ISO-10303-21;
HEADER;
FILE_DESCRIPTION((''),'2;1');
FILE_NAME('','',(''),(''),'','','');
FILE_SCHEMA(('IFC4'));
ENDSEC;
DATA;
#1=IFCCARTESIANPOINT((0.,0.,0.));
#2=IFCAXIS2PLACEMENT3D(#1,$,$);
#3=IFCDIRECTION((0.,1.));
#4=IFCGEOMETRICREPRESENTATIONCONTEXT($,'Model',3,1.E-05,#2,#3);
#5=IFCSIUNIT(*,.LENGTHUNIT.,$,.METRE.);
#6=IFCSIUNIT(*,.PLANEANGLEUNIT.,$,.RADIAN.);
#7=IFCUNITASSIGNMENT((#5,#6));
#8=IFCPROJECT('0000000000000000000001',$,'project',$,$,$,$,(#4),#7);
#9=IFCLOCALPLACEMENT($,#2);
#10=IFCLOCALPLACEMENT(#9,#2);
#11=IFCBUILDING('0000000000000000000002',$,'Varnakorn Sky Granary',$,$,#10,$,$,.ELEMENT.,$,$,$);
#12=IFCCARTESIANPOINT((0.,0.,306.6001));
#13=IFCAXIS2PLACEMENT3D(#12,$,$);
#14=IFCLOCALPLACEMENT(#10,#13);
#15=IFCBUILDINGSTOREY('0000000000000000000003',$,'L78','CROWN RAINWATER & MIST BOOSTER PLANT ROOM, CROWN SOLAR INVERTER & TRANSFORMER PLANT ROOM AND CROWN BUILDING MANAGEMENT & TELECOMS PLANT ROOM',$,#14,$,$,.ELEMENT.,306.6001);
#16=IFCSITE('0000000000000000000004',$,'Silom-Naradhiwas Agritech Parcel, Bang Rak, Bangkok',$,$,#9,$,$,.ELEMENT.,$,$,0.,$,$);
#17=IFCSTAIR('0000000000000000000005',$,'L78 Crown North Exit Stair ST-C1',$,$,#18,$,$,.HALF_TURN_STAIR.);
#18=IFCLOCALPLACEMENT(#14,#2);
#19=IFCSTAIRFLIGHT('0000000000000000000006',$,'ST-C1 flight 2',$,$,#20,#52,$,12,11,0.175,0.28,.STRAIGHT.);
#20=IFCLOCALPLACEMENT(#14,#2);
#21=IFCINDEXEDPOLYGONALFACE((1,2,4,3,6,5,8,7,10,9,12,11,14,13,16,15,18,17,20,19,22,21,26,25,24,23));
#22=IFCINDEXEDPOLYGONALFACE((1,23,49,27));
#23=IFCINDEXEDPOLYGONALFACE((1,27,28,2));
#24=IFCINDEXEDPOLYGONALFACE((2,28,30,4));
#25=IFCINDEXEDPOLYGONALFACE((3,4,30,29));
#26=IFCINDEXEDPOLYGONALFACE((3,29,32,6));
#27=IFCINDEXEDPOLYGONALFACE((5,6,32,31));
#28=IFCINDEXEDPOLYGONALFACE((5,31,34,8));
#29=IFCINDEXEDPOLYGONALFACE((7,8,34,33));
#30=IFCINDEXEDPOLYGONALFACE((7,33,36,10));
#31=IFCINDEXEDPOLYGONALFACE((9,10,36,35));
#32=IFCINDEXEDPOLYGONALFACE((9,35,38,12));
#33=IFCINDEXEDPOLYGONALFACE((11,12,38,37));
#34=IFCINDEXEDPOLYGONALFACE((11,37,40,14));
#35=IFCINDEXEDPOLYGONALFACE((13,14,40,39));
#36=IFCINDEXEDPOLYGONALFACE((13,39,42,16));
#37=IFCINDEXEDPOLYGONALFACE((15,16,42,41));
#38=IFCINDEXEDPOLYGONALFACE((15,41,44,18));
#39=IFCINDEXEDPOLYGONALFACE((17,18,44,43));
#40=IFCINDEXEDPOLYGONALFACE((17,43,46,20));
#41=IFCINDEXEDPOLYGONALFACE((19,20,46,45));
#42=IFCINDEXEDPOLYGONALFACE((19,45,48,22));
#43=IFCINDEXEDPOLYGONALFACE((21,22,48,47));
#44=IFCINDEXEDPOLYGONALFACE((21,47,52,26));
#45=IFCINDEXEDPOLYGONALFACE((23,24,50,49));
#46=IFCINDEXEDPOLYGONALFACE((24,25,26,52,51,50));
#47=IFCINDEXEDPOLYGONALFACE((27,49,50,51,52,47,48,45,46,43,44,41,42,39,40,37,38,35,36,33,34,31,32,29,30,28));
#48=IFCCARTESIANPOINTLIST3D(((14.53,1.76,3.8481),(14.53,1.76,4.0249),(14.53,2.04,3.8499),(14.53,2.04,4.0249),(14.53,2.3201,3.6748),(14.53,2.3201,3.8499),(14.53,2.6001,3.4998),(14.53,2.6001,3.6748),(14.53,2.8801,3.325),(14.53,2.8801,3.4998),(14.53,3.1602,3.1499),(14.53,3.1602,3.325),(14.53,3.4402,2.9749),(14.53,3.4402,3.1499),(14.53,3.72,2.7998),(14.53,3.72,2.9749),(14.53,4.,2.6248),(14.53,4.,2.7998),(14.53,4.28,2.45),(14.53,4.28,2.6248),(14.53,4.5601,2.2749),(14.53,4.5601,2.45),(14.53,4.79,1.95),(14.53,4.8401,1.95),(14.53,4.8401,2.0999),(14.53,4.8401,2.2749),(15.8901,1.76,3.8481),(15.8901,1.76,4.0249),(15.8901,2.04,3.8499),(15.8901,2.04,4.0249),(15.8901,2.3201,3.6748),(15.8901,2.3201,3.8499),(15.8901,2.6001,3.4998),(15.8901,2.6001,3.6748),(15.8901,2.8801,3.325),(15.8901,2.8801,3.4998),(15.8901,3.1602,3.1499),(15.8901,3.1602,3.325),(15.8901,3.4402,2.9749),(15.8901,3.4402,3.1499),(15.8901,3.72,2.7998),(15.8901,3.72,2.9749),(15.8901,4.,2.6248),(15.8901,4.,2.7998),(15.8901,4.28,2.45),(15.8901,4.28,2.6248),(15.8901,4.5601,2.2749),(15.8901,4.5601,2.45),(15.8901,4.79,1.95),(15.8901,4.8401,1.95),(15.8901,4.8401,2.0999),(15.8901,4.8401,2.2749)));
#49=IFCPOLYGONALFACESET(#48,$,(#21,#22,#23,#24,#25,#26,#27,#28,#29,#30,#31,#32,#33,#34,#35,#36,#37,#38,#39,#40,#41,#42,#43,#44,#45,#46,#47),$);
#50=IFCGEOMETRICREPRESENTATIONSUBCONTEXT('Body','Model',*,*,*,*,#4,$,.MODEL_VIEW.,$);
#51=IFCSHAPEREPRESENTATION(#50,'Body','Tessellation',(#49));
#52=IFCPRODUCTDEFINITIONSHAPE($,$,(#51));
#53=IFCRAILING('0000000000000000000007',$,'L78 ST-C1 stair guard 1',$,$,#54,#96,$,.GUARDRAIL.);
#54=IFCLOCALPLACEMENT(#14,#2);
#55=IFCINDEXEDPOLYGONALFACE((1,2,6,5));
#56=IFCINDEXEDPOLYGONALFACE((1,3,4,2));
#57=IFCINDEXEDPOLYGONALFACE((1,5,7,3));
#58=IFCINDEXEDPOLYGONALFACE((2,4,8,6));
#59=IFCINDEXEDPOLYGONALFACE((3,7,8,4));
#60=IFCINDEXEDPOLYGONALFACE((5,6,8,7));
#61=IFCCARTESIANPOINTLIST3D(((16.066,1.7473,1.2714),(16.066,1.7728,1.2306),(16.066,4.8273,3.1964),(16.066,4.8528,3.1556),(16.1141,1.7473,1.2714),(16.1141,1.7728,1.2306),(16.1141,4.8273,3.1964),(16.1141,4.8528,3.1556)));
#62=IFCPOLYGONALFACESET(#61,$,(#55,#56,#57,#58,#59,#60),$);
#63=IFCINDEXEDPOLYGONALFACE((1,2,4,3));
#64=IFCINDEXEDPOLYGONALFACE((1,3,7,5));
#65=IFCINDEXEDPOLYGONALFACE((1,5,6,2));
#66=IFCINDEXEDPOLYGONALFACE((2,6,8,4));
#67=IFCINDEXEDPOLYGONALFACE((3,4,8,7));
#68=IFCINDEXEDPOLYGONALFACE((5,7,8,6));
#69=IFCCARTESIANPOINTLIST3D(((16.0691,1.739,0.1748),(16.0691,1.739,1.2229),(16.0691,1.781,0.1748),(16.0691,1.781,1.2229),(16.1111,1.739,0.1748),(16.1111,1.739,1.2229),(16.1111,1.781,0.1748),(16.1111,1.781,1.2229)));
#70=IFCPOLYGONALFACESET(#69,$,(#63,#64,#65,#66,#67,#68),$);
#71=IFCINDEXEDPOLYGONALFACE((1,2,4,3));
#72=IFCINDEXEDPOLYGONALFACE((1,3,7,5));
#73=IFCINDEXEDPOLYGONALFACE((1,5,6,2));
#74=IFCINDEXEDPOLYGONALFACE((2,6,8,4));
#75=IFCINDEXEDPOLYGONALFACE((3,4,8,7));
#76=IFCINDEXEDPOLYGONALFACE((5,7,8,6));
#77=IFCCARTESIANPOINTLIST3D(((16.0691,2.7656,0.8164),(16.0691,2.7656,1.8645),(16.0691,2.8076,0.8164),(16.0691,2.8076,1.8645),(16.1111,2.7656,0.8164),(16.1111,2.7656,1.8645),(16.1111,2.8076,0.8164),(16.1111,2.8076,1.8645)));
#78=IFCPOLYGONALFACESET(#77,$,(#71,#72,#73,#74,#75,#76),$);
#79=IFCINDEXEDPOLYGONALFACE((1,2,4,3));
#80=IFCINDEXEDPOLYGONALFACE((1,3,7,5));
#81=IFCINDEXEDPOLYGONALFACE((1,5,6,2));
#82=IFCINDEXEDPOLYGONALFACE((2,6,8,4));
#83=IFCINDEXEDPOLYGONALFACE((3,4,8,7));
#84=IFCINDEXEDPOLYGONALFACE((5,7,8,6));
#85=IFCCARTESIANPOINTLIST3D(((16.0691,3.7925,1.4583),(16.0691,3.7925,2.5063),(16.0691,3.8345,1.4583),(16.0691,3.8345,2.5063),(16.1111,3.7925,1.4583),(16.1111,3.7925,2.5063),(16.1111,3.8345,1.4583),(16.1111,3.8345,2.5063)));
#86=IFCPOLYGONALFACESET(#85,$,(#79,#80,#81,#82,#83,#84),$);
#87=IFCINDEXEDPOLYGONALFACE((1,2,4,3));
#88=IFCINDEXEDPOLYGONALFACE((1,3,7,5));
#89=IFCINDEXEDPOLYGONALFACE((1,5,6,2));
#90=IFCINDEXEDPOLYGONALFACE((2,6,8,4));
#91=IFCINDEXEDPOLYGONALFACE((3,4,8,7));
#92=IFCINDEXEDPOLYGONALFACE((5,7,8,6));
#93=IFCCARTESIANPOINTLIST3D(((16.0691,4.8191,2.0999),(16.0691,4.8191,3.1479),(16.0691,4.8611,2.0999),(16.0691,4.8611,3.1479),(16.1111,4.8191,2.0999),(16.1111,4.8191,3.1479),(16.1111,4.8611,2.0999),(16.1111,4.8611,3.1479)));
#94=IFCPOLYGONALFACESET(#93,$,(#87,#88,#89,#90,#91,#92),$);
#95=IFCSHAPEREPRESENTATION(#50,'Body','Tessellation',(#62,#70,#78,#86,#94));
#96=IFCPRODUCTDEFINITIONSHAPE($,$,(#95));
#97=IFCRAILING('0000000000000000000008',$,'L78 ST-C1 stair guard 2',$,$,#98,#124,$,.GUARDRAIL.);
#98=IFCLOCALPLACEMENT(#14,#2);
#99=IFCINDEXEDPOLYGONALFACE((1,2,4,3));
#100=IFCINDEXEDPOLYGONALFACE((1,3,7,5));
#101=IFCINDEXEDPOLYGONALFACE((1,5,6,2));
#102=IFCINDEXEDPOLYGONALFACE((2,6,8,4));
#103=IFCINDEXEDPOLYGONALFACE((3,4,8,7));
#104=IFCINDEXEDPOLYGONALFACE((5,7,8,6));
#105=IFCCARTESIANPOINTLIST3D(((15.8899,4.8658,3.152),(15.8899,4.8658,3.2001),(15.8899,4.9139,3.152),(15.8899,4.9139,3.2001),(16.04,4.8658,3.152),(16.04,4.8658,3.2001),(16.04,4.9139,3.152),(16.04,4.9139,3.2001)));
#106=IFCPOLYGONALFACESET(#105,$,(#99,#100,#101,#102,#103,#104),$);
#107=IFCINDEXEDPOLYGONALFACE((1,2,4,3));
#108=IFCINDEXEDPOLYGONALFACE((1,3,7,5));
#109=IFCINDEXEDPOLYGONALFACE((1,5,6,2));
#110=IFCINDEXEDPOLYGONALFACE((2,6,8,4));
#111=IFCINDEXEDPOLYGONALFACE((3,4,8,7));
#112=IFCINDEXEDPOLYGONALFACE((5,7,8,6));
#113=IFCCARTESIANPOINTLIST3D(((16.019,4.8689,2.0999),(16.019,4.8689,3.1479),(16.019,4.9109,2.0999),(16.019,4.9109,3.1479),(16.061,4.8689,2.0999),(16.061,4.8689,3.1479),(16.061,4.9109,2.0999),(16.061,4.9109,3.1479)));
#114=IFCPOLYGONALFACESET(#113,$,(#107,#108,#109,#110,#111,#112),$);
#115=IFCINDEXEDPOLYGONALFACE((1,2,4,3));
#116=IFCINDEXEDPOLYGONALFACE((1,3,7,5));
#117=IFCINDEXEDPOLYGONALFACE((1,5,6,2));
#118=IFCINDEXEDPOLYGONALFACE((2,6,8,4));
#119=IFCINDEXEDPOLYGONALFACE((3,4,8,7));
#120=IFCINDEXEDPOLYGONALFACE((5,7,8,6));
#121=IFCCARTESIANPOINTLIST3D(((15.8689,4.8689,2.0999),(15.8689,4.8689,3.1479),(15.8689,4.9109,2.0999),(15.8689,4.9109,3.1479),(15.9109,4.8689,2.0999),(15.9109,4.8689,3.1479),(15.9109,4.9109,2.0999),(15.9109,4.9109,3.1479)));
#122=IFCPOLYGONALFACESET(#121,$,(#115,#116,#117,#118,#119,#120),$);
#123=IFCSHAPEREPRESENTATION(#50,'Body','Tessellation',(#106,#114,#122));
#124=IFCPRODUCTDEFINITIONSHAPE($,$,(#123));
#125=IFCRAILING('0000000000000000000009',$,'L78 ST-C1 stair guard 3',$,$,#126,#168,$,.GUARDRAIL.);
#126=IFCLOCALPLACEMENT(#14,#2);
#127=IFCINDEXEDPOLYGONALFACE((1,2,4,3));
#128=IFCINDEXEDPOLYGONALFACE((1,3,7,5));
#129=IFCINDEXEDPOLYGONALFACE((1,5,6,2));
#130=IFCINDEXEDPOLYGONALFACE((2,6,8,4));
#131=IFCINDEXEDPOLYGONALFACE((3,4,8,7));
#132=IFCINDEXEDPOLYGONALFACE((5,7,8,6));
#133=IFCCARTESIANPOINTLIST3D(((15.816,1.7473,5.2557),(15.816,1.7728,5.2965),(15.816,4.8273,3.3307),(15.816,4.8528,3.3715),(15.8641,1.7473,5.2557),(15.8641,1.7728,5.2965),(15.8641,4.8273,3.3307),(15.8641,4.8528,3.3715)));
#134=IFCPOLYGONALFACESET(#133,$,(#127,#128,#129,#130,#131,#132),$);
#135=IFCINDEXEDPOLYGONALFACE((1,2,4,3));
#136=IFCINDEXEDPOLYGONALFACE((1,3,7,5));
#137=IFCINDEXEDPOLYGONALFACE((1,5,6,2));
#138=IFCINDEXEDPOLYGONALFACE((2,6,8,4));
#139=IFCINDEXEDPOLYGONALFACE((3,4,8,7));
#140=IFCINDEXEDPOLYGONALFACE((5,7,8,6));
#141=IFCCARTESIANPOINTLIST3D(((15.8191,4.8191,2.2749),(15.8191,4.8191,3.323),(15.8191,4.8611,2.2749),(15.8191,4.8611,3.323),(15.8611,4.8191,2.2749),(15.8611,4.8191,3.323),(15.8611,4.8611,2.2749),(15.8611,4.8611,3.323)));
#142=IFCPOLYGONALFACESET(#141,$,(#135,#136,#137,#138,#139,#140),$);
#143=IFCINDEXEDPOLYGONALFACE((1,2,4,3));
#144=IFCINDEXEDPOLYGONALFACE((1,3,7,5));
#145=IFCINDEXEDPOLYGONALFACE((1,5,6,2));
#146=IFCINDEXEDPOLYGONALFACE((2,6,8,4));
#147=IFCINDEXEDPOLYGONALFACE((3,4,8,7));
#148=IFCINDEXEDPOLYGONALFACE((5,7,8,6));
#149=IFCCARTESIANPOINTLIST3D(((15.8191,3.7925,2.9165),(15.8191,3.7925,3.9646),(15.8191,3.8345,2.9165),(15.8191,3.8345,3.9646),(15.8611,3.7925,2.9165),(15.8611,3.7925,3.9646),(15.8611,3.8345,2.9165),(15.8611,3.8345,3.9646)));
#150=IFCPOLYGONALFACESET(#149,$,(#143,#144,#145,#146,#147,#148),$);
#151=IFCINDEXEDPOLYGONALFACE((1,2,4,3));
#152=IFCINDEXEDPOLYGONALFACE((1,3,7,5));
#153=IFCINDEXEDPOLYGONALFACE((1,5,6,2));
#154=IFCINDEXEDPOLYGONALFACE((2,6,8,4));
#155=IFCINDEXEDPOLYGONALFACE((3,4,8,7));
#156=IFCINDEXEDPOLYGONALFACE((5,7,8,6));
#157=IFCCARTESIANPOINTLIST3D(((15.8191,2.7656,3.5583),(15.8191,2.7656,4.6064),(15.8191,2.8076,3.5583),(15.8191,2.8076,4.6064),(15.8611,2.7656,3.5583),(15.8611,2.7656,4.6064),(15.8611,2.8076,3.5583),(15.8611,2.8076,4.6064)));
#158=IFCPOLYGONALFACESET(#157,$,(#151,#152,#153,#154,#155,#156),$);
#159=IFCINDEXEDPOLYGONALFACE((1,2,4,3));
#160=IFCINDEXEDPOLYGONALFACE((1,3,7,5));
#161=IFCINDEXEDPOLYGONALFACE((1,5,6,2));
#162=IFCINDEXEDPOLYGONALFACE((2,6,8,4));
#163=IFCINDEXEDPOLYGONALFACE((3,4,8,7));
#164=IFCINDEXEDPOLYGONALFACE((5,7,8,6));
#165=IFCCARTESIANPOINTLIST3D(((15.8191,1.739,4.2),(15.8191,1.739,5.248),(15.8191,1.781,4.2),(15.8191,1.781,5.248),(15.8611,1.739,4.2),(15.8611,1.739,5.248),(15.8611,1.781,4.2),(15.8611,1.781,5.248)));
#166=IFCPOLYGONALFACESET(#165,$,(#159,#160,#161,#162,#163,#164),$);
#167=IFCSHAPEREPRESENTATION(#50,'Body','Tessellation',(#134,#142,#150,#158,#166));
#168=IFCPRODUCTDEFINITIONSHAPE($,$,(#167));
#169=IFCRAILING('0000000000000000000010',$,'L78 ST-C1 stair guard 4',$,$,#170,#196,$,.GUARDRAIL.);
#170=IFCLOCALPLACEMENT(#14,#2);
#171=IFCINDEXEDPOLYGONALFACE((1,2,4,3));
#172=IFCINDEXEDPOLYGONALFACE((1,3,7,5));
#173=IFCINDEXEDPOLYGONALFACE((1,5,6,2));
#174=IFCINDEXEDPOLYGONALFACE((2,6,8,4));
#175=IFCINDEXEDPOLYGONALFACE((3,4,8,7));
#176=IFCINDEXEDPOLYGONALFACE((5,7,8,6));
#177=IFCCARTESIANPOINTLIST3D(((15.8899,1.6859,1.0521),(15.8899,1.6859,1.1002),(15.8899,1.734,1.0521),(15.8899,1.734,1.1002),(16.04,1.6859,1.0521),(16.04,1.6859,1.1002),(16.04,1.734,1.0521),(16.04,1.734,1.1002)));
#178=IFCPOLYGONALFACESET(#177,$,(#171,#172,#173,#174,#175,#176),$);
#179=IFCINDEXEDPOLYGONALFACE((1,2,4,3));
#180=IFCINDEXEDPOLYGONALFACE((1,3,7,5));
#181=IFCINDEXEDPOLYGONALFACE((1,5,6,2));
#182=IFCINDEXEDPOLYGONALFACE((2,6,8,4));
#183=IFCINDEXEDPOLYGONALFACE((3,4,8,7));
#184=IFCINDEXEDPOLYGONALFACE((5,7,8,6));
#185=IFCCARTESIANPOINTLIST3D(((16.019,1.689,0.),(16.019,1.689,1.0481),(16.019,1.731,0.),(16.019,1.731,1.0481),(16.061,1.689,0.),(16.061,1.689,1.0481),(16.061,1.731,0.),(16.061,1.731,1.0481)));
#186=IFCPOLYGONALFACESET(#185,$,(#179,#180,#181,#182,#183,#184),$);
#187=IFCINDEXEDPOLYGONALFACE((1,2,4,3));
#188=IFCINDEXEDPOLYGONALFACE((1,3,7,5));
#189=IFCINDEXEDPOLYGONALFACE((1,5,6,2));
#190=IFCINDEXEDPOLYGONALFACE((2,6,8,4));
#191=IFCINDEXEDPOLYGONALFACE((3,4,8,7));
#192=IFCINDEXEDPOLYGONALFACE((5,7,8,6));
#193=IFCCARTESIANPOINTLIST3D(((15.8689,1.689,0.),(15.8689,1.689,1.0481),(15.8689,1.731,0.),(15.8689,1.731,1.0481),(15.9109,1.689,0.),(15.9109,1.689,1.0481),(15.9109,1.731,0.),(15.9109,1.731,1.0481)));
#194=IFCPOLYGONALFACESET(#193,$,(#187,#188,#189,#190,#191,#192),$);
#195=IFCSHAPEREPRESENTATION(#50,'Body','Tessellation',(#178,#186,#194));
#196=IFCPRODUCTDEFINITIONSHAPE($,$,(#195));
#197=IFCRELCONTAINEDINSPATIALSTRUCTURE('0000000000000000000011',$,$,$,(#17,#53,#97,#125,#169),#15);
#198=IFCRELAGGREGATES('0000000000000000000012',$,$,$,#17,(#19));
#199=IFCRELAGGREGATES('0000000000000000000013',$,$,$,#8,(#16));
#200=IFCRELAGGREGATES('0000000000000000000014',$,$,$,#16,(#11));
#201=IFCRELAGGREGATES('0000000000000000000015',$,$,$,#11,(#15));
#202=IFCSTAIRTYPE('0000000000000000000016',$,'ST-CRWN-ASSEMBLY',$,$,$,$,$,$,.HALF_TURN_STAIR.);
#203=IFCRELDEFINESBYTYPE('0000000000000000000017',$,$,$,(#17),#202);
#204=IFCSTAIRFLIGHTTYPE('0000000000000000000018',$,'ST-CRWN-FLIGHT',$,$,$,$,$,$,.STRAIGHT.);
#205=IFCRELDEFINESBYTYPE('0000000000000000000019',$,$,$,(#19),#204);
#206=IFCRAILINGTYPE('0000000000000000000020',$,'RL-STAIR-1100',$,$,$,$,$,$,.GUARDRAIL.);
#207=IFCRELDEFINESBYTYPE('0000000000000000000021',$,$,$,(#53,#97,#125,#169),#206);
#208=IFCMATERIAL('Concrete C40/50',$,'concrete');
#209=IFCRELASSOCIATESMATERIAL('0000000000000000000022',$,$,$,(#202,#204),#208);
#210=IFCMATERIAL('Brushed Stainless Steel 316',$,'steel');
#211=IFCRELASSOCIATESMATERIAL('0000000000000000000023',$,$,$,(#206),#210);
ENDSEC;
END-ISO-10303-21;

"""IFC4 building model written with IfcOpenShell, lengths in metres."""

from ifc_helpers import new_model, si_unit, direction, frame, origin, origin_2d, place, context, subcontext, project, spatial, polyline, rectangle, outline, extrude, material, type_object, element, aggregate, save


model = new_model("IFC4")

# Units and contexts
model_context = context("Model", 3, precision=1e-05, world=origin(), true_north=direction((0.0, 1.0)))
body_context = subcontext(model_context, "Body", "Model", "MODEL_VIEW")
ifc_project = project(units=[si_unit("LENGTHUNIT", "METRE"), si_unit("PLANEANGLEUNIT", "RADIAN")], contexts=[model_context])

# Site, building, storey
site_placement = place(None, origin())
site = spatial("IfcSite", under=ifc_project, at=site_placement, Name="Silom-Naradhiwas Agritech Parcel, Bang Rak, Bangkok", CompositionType="ELEMENT", RefElevation=0.0)
building_placement = place(site_placement, origin())
building = spatial("IfcBuilding", under=site, at=building_placement, Name="Varnakorn Sky Granary", CompositionType="ELEMENT")
storey_placement = place(building_placement, frame((0.0, 0.0, 306.6001)))
storey = spatial("IfcBuildingStorey", under=building, at=storey_placement, Name="L78", Description="CROWN RAINWATER & MIST BOOSTER PLANT ROOM, CROWN SOLAR INVERTER & TRANSFORMER PLANT ROOM AND CROWN BUILDING MANAGEMENT & TELECOMS PLANT ROOM", CompositionType="ELEMENT", Elevation=306.6001)

# Stair, stair flight
ifc_material_1 = material(Name="Concrete C40/50", Category="concrete")
stair_type = type_object("IfcStairType", Name="ST-CRWN-ASSEMBLY", PredefinedType="HALF_TURN_STAIR", material=ifc_material_1)
stair_placement = place(storey_placement, origin())
stair = element("IfcStair", 1, at=stair_placement, inside=storey, type_object=stair_type, Name="L78 Crown North Exit Stair ST-C1", PredefinedType="HALF_TURN_STAIR")
stair_flight_type = type_object("IfcStairFlightType", Name="ST-CRWN-FLIGHT", PredefinedType="STRAIGHT", material=ifc_material_1)
stair_flight_1_placement = place(storey_placement, frame((15.21, 4.8401, 2.0999), z_axis=(0.0, 0.0, 1.0), x_axis=(0.0, -1.0, 0.0)))
stair_flight_1 = element("IfcStairFlight", 2, at=stair_flight_1_placement, type_object=stair_flight_type, Name="ST-C1 flight 2", NumberOfRisers=12, NumberOfTreads=11, PredefinedType="STRAIGHT", RiserHeight=0.175, TreadLength=0.28, context=body_context, shape_type="SweptSolid", body=[
    extrude(outline(polyline([(0.0, -0.1499), (0.0, 0.0), (0.0, 0.175), (0.28, 0.175), (0.28, 0.3501), (0.5601, 0.3501), (0.5601, 0.5249), (0.8401, 0.5249), (0.8401, 0.7), (1.1201, 0.7), (1.1201, 0.875), (1.3999, 0.875), (1.3999, 1.05), (1.6799, 1.05), (1.6799, 1.2251), (1.96, 1.2251), (1.96, 1.3999), (2.24, 1.3999), (2.24, 1.575), (2.52, 1.575), (2.52, 1.75), (2.8, 1.75), (2.8, 1.925), (3.0801, 1.925), (3.0801, 2.1001), (3.0801, 1.7483), (0.05, -0.1499), (0.0, -0.1499)])), frame((0.0, 0.6802, 0.0), z_axis=(0.0, -1.0, 0.0), x_axis=(1.0, 0.0, 0.0)), (0.0, 0.0, 1.0), 1.3601),
])
aggregate(stair, [stair_flight_1])

# Railings
ifc_material_2 = material(Name="Brushed Stainless Steel 316", Category="steel")
railing_type_1 = type_object("IfcRailingType", Name="RL-STAIR-1100", PredefinedType="GUARDRAIL", material=ifc_material_2)
railing_1_placement = place(storey_placement, frame((16.0901, 1.76, 0.1748)))
element("IfcRailing", 3, at=railing_1_placement, inside=storey, type_object=railing_type_1, Name="L78 ST-C1 stair guard 1", PredefinedType="GUARDRAIL", context=body_context, shape_type="SweptSolid", body=[
    extrude(rectangle(XDim=0.0481, YDim=0.0481, at=origin_2d()), frame((0.0, 0.0, 1.0762), z_axis=(0.0, 0.847998, 0.529999), x_axis=(-1.0, 0.0, 0.0)), (0.0, 0.0, 1.0), 3.6321),
    extrude(rectangle(XDim=0.042, YDim=0.042, at=origin_2d()), origin(), (0.0, 0.0, 1.0), 1.0481),
    extrude(rectangle(XDim=0.042, YDim=0.042, at=origin_2d()), frame((0.0, 1.0266, 0.6416)), (0.0, 0.0, 1.0), 1.0481),
    extrude(rectangle(XDim=0.042, YDim=0.042, at=origin_2d()), frame((0.0, 2.0535, 1.2834)), (0.0, 0.0, 1.0), 1.0481),
    extrude(rectangle(XDim=0.042, YDim=0.042, at=origin_2d()), frame((0.0, 3.0801, 1.925)), (0.0, 0.0, 1.0), 1.0481),
])
railing_2_placement = place(storey_placement, frame((16.04, 4.8899, 2.0999)))
element("IfcRailing", 4, at=railing_2_placement, inside=storey, type_object=railing_type_1, Name="L78 ST-C1 stair guard 2", PredefinedType="GUARDRAIL", context=body_context, shape_type="SweptSolid", body=[
    extrude(rectangle(XDim=0.0481, YDim=0.0481, at=origin_2d()), frame((0.0, 0.0, 1.0762), z_axis=(-1.0, 0.0, 0.0), x_axis=(0.0, -1.0, 0.0)), (0.0, 0.0, 1.0), 0.1501),
    extrude(rectangle(XDim=0.042, YDim=0.042, at=origin_2d()), origin(), (0.0, 0.0, 1.0), 1.0481),
    extrude(rectangle(XDim=0.042, YDim=0.042, at=origin_2d()), frame((-0.1501, 0.0, 0.0)), (0.0, 0.0, 1.0), 1.0481),
])
railing_3_placement = place(storey_placement, frame((15.8401, 4.8401, 2.2749)))
element("IfcRailing", 5, at=railing_3_placement, inside=storey, type_object=railing_type_1, Name="L78 ST-C1 stair guard 3", PredefinedType="GUARDRAIL", context=body_context, shape_type="SweptSolid", body=[
    extrude(rectangle(XDim=0.0481, YDim=0.0481, at=origin_2d()), frame((0.0, 0.0, 1.0762), z_axis=(0.0, -0.847998, 0.529999), x_axis=(1.0, 0.0, 0.0)), (0.0, 0.0, 1.0), 3.6321),
    extrude(rectangle(XDim=0.042, YDim=0.042, at=origin_2d()), origin(), (0.0, 0.0, 1.0), 1.0481),
    extrude(rectangle(XDim=0.042, YDim=0.042, at=origin_2d()), frame((0.0, -1.0266, 0.6416)), (0.0, 0.0, 1.0), 1.0481),
    extrude(rectangle(XDim=0.042, YDim=0.042, at=origin_2d()), frame((0.0, -2.0535, 1.2834)), (0.0, 0.0, 1.0), 1.0481),
    extrude(rectangle(XDim=0.042, YDim=0.042, at=origin_2d()), frame((0.0, -3.0801, 1.925)), (0.0, 0.0, 1.0), 1.0481),
])
railing_4_placement = place(storey_placement, frame((16.04, 1.71, 0.0)))
element("IfcRailing", 6, at=railing_4_placement, inside=storey, type_object=railing_type_1, Name="L78 ST-C1 stair guard 4", PredefinedType="GUARDRAIL", context=body_context, shape_type="SweptSolid", body=[
    extrude(rectangle(XDim=0.0481, YDim=0.0481, at=origin_2d()), frame((0.0, 0.0, 1.0762), z_axis=(-1.0, 0.0, 0.0), x_axis=(0.0, -1.0, 0.0)), (0.0, 0.0, 1.0), 0.1501),
    extrude(rectangle(XDim=0.042, YDim=0.042, at=origin_2d()), origin(), (0.0, 0.0, 1.0), 1.0481),
    extrude(rectangle(XDim=0.042, YDim=0.042, at=origin_2d()), frame((-0.1501, 0.0, 0.0)), (0.0, 0.0, 1.0), 1.0481),
])

save(model, "model.ifc")
